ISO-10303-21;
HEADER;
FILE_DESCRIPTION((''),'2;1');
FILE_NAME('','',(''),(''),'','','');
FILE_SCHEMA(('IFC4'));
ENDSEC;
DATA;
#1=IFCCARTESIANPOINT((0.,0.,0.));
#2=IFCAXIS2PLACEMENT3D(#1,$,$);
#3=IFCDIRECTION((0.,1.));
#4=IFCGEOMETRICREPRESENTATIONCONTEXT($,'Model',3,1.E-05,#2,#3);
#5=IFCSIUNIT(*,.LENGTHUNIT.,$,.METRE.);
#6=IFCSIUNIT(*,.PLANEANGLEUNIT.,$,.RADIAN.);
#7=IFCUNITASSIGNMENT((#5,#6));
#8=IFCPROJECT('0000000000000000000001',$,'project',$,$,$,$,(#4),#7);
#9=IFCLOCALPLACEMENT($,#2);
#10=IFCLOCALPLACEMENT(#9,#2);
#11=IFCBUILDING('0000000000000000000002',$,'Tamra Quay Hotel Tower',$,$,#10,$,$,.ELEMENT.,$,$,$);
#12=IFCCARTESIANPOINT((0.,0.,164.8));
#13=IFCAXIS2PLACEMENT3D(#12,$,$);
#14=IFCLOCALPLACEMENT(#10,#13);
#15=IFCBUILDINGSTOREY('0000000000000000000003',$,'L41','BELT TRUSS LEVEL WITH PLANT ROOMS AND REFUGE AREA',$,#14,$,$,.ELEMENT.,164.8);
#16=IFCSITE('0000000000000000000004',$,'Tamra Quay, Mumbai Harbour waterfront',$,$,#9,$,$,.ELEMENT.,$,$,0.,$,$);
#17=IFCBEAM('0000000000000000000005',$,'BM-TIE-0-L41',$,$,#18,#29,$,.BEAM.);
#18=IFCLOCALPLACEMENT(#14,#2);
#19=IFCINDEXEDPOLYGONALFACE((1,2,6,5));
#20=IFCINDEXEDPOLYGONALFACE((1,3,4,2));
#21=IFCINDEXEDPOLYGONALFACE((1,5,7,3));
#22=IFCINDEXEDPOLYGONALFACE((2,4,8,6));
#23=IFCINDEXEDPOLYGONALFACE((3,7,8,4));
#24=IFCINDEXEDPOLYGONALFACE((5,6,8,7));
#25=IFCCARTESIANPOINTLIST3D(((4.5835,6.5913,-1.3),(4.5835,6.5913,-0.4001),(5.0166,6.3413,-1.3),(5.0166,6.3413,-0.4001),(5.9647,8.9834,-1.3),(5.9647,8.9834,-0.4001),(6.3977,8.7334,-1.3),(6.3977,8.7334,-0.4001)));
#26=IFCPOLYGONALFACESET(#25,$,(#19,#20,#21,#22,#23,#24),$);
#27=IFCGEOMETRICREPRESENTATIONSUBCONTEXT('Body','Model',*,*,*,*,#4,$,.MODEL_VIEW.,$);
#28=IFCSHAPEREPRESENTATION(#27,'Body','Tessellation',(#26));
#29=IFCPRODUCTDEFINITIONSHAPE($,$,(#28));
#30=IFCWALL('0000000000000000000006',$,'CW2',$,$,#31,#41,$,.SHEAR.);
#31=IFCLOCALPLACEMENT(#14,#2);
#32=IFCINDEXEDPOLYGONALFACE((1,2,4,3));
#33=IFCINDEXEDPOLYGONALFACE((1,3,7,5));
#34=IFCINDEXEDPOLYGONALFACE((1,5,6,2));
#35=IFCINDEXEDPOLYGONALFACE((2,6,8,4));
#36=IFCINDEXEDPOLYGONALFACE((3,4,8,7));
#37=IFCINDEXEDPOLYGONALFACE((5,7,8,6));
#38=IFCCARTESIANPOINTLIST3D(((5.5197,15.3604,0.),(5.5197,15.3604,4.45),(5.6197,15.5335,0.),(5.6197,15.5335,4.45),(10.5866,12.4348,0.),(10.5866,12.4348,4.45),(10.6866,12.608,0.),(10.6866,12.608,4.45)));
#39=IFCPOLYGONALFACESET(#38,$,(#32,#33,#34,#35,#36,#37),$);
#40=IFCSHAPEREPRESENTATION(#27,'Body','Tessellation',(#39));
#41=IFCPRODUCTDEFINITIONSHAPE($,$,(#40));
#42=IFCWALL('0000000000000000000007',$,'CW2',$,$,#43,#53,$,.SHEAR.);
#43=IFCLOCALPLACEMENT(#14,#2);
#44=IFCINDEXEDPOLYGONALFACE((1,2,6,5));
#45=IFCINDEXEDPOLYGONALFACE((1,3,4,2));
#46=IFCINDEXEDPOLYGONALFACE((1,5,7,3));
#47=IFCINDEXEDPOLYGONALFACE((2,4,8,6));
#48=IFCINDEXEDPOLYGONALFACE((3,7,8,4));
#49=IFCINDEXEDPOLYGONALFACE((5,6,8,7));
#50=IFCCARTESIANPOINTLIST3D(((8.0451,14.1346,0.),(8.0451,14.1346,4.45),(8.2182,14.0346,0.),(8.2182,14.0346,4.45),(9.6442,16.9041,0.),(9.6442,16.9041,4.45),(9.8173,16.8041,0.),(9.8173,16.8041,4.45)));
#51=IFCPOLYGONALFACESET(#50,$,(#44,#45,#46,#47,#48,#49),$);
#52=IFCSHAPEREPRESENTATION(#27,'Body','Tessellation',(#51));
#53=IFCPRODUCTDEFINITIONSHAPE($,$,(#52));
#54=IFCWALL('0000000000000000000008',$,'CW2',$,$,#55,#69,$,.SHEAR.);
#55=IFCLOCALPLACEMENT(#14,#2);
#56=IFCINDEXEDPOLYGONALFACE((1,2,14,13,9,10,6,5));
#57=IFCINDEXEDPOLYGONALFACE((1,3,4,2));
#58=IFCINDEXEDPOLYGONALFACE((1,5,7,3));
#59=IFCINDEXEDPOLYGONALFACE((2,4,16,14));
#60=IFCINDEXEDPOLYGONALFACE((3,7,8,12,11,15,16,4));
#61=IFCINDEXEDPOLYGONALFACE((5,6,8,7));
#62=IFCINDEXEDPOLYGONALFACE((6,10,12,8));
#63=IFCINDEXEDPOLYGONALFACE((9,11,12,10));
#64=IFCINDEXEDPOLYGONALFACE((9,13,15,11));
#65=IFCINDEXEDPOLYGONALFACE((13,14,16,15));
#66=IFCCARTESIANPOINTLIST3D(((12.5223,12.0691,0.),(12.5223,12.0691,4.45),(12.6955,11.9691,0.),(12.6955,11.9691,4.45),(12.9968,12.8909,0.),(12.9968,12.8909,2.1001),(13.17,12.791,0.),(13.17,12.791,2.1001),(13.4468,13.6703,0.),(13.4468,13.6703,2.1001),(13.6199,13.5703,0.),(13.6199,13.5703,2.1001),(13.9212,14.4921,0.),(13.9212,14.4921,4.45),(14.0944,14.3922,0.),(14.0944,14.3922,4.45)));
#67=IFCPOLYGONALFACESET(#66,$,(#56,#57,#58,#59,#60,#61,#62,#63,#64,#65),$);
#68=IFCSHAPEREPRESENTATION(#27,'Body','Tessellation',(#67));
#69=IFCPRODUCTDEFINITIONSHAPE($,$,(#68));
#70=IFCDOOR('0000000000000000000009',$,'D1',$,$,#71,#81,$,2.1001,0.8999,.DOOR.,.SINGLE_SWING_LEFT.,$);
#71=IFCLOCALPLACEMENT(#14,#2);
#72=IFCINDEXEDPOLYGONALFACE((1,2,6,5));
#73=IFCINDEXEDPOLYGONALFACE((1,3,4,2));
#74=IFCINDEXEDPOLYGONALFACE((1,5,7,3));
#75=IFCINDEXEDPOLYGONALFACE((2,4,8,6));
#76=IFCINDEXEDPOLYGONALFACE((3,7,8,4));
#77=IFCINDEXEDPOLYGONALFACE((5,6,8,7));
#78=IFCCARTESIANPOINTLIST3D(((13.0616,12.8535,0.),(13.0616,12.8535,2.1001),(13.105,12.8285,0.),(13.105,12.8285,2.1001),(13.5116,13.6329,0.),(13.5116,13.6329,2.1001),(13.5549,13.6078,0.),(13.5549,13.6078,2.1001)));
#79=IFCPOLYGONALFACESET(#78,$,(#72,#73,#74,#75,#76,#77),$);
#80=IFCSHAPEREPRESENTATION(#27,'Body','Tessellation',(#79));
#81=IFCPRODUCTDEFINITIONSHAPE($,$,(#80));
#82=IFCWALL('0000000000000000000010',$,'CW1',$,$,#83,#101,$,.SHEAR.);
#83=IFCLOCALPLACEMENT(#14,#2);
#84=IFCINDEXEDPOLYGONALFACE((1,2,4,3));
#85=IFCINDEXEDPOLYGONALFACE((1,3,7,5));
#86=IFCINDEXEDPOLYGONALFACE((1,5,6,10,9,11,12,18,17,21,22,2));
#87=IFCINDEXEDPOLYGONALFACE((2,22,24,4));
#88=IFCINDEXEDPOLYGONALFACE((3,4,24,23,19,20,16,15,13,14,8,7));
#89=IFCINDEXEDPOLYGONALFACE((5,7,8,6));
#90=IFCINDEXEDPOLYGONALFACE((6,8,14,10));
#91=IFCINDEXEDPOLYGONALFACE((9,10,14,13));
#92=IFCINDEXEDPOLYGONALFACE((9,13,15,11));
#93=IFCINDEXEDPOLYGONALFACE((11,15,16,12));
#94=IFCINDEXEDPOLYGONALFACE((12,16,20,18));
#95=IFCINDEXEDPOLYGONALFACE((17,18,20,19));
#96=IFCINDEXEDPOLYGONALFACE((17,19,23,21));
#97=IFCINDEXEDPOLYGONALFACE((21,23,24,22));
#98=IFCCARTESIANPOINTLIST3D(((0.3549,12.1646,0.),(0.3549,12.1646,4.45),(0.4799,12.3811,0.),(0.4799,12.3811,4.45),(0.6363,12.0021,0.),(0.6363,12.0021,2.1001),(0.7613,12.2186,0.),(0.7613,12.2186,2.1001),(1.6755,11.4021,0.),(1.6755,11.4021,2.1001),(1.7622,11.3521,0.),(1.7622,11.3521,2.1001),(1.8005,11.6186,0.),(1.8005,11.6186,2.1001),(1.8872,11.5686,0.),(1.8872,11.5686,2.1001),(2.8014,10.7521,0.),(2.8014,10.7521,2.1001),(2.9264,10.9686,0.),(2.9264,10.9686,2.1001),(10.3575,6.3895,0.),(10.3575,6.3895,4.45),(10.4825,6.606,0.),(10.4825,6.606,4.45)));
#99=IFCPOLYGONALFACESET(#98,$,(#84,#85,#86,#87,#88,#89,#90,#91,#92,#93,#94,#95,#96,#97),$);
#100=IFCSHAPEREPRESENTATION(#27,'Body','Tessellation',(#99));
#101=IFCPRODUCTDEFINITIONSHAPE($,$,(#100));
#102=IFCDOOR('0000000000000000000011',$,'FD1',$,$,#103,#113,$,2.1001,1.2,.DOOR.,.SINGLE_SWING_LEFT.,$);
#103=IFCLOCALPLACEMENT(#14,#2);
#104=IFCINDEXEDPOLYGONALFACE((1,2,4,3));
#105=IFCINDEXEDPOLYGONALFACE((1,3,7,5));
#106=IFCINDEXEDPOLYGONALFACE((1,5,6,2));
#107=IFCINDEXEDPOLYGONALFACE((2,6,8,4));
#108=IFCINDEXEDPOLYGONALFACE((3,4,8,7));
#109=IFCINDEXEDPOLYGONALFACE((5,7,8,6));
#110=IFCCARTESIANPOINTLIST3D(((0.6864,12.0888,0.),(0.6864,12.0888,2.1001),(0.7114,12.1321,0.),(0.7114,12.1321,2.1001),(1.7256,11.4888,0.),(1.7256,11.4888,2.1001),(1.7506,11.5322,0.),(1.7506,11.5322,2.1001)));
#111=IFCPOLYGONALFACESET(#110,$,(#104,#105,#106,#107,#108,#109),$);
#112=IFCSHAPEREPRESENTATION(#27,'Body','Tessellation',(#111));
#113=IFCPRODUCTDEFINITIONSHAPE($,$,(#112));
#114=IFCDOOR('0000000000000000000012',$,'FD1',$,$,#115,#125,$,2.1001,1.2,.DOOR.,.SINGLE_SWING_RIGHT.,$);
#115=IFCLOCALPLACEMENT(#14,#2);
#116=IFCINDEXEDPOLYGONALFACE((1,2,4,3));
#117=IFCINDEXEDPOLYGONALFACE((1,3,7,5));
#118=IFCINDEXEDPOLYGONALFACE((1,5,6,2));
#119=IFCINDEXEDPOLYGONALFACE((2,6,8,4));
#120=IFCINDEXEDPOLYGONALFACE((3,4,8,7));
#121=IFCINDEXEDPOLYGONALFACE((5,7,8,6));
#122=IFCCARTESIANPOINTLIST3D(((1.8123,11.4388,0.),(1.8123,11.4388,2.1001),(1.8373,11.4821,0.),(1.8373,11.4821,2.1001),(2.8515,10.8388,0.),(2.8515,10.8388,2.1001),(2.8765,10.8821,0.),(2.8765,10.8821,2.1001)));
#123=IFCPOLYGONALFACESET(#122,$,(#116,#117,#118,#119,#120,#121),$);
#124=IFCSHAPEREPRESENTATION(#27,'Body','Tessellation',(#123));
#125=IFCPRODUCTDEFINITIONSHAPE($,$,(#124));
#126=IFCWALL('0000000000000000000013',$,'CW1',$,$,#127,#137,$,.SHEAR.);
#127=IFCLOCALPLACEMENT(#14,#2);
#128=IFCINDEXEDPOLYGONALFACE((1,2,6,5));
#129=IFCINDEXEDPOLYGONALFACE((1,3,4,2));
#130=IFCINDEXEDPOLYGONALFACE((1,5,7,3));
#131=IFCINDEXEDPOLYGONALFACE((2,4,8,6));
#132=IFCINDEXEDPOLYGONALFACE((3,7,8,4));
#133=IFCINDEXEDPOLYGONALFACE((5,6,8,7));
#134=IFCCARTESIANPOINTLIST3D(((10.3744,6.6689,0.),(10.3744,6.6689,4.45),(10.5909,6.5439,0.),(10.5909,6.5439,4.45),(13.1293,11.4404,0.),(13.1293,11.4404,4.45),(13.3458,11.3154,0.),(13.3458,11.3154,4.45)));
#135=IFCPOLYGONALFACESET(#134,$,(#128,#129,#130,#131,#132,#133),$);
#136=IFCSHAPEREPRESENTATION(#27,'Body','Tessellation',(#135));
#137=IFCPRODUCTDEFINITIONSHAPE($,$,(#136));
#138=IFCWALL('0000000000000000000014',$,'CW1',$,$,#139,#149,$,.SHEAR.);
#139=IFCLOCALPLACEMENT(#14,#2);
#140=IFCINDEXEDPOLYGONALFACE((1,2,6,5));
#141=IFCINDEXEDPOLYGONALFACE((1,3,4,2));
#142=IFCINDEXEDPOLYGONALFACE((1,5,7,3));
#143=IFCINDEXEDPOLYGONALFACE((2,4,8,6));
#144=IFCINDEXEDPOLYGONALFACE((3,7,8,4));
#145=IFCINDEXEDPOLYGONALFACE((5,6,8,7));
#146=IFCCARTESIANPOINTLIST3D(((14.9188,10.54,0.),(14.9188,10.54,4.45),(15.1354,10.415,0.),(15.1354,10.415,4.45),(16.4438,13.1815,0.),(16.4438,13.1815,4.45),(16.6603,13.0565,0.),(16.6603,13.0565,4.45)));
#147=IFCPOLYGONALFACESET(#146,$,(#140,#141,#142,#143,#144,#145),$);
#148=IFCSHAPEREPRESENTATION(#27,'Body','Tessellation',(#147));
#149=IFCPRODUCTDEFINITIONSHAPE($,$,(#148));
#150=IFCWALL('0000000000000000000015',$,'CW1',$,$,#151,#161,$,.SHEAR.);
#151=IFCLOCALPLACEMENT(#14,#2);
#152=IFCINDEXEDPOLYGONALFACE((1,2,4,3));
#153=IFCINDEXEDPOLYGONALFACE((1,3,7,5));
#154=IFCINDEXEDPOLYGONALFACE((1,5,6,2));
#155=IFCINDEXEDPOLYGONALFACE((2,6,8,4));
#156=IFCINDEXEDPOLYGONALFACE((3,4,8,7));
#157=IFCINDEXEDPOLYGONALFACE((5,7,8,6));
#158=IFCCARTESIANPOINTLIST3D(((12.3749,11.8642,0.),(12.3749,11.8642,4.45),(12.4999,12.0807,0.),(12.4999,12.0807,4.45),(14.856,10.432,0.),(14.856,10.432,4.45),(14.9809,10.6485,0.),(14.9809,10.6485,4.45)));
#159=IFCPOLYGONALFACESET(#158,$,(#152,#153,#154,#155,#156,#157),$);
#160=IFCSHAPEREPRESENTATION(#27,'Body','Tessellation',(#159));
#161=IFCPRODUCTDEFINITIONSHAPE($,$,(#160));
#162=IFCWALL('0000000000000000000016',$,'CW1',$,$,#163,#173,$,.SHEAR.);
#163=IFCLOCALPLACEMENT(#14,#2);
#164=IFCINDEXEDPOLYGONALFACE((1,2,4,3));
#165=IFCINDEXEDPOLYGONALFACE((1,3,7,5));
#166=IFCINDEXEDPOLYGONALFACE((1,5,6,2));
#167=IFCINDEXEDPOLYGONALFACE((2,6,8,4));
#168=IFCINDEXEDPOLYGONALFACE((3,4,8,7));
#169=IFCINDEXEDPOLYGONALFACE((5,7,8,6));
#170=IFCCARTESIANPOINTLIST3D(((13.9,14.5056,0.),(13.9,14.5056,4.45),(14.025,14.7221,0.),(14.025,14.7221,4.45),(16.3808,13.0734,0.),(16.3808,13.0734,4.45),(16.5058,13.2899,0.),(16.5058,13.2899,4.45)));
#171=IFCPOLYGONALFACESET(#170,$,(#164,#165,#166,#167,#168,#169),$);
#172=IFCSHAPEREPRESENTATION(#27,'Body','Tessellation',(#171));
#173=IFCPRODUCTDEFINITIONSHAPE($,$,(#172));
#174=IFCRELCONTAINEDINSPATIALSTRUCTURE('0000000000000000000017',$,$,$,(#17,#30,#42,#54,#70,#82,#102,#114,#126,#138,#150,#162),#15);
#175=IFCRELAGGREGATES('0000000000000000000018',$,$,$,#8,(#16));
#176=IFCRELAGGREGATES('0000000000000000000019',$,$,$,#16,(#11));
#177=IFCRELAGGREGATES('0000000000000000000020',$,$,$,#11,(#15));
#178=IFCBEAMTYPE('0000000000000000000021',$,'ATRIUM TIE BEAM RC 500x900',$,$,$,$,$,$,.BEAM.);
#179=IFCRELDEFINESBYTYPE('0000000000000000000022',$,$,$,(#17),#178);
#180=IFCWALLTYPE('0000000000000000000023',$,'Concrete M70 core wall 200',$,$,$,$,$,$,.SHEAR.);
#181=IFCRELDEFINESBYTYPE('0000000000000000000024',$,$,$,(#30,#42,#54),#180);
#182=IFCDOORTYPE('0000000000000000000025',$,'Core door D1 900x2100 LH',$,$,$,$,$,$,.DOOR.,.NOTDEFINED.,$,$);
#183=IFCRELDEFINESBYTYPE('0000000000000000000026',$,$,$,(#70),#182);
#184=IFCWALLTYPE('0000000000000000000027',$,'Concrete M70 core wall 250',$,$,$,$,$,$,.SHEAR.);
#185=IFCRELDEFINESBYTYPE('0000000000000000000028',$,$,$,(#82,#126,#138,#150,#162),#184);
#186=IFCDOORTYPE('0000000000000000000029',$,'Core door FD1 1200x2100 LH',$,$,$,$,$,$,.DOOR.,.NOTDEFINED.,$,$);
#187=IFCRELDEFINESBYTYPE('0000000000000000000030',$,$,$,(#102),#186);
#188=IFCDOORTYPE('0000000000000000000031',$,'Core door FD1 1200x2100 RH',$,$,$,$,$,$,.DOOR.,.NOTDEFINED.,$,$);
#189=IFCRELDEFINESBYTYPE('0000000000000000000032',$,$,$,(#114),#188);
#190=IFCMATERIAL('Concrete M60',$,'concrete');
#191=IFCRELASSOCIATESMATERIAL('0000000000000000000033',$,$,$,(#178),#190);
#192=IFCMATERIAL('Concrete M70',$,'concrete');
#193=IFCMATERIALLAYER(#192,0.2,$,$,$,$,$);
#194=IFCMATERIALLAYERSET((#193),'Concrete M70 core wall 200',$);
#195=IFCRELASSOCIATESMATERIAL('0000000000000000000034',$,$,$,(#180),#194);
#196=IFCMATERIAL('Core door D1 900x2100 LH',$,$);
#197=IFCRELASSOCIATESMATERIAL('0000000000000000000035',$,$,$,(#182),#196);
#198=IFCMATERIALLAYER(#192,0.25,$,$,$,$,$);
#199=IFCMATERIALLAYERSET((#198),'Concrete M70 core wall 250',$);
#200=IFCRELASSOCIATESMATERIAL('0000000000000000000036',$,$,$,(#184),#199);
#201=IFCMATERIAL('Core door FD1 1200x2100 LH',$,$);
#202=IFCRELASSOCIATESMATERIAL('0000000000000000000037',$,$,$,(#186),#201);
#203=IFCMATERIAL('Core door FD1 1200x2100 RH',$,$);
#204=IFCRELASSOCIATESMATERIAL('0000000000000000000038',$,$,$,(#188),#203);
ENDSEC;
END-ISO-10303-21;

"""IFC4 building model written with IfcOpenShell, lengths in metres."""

from ifc_helpers import new_model, si_unit, direction, frame, frame_2d, origin, origin_2d, place, context, subcontext, project, spatial, rectangle, extrude, material, layer, layer_set, material_profile, profile_set, type_object, element, fill, save


model = new_model("IFC4")

# Units and contexts
model_context = context("Model", 3, precision=1e-05, world=origin(), true_north=direction((0.0, 1.0)))
body_context = subcontext(model_context, "Body", "Model", "MODEL_VIEW")
ifc_project = project(units=[si_unit("LENGTHUNIT", "METRE"), si_unit("PLANEANGLEUNIT", "RADIAN")], contexts=[model_context])

# Site, building, storey
site_placement = place(None, origin())
site = spatial("IfcSite", under=ifc_project, at=site_placement, Name="Tamra Quay, Mumbai Harbour waterfront", CompositionType="ELEMENT", RefElevation=0.0)
building_placement = place(site_placement, origin())
building = spatial("IfcBuilding", under=site, at=building_placement, Name="Tamra Quay Hotel Tower", CompositionType="ELEMENT")
storey_placement = place(building_placement, frame((0.0, 0.0, 164.8)))
storey = spatial("IfcBuildingStorey", under=building, at=storey_placement, Name="L41", Description="BELT TRUSS LEVEL WITH PLANT ROOMS AND REFUGE AREA", CompositionType="ELEMENT", Elevation=164.8)

# Beam
ifc_material_1 = material(Name="Concrete M60", Category="concrete")
ifc_material_profile = material_profile(ifc_material_1, rectangle(XDim=0.5, YDim=0.8999, at=origin_2d()), Name="ATRIUM TIE BEAM RC 500x900")
ifc_profile_set = profile_set([ifc_material_profile], Name="Concrete M60")
beam_type = type_object("IfcBeamType", Name="ATRIUM TIE BEAM RC 500x900", PredefinedType="BEAM", material=ifc_profile_set)
beam_placement = place(storey_placement, frame((4.8, 6.4663, -0.8501), z_axis=(0.500008, 0.866021, 0.0), x_axis=(-0.866021, 0.500008, 0.0)))
element("IfcBeam", 1, at=beam_placement, inside=storey, type_object=beam_type, Name="BM-TIE-0-L41", PredefinedType="BEAM", context=body_context, shape_type="SweptSolid", body=[
    extrude(rectangle(XDim=0.5, YDim=0.8999, at=origin_2d()), origin(), (0.0, 0.0, 1.0), 2.7622),
])

# Walls
ifc_material_2 = material(Name="Concrete M70", Category="concrete")
ifc_layer_1 = layer(ifc_material_2, 0.2)
ifc_layer_set_1 = layer_set([ifc_layer_1], Name="Concrete M70 core wall 200")
wall_type_1 = type_object("IfcWallType", Name="Concrete M70 core wall 200", PredefinedType="SHEAR", material=ifc_layer_set_1)
wall_1_placement = place(storey_placement, frame((10.6365, 12.5215, 0.0), z_axis=(0.0, 0.0, 1.0), x_axis=(-0.866013, 0.500021, 0.0)))
element("IfcWall", 2, at=wall_1_placement, inside=storey, type_object=wall_type_1, Name="CW2", PredefinedType="SHEAR", context=body_context, shape_type="SweptSolid", body=[
    extrude(rectangle(XDim=5.8508, YDim=0.2, at=frame_2d((2.9253, 0.0))), origin(), (0.0, 0.0, 1.0), 4.45),
])
wall_2_placement = place(storey_placement, frame((8.1316, 14.0845, 0.0), z_axis=(0.0, 0.0, 1.0), x_axis=(0.500031, 0.866008, 0.0)))
element("IfcWall", 3, at=wall_2_placement, inside=storey, type_object=wall_type_1, Name="CW2", PredefinedType="SHEAR", context=body_context, shape_type="SweptSolid", body=[
    extrude(rectangle(XDim=3.198, YDim=0.2, at=frame_2d((1.5991, 0.0))), origin(), (0.0, 0.0, 1.0), 4.45),
])

# Wall, opening, door
wall_3_placement = place(storey_placement, frame((14.0078, 14.4421, 0.0), z_axis=(0.0, 0.0, 1.0), x_axis=(-0.499987, -0.866033, 0.0)))
wall_3 = element("IfcWall", 4, at=wall_3_placement, inside=storey, type_object=wall_type_1, Name="CW2", PredefinedType="SHEAR", context=body_context, shape_type="SweptSolid", body=[
    extrude(rectangle(XDim=2.7979, YDim=0.2, at=frame_2d((1.3989, 0.0))), origin(), (0.0, 0.0, 1.0), 4.45),
])
opening_1_placement = place(wall_3_placement, frame((0.949, 0.0, 0.0)))
opening_1 = element("IfcOpeningElement", 5, at=opening_1_placement, cuts=wall_3, PredefinedType="OPENING", context=body_context, shape_type="SweptSolid", body=[
    extrude(rectangle(XDim=0.8999, YDim=2.1001, at=frame_2d((0.45, 1.05))), frame((0.0, 0.1099, 0.0), z_axis=(0.0, -1.0, 0.0), x_axis=(1.0, 0.0, 0.0)), (0.0, 0.0, 1.0), 0.22),
])
ifc_material_3 = material(Name="Core door D1 900x2100 LH")
door_type_1 = type_object("IfcDoorType", Name="Core door D1 900x2100 LH", OperationType="NOTDEFINED", PredefinedType="DOOR", material=ifc_material_3)
door_1_placement = place(opening_1_placement, origin())
door_1 = element("IfcDoor", 6, at=door_1_placement, inside=storey, type_object=door_type_1, Name="D1", OperationType="SINGLE_SWING_LEFT", OverallHeight=2.1001, OverallWidth=0.8999, PredefinedType="DOOR", context=body_context, shape_type="SweptSolid", body=[
    extrude(rectangle(XDim=0.8999, YDim=2.1001, at=frame_2d((0.45, 1.05))), frame((0.0, 0.0249, 0.0), z_axis=(0.0, -1.0, 0.0), x_axis=(1.0, 0.0, 0.0)), (0.0, 0.0, 1.0), 0.05),
])
fill(opening_1, door_1)

# Wall, openings, doors
ifc_layer_2 = layer(ifc_material_2, 0.25)
ifc_layer_set_2 = layer_set([ifc_layer_2], Name="Concrete M70 core wall 250")
wall_type_2 = type_object("IfcWallType", Name="Concrete M70 core wall 250", PredefinedType="SHEAR", material=ifc_layer_set_2)
wall_4_placement = place(storey_placement, frame((10.4199, 6.4978, 0.0), z_axis=(0.0, 0.0, 1.0), x_axis=(-0.866022, 0.500006, 0.0)))
wall_4 = element("IfcWall", 7, at=wall_4_placement, inside=storey, type_object=wall_type_2, Name="CW1", PredefinedType="SHEAR", context=body_context, shape_type="SweptSolid", body=[
    extrude(rectangle(XDim=11.55, YDim=0.25, at=frame_2d((5.7749, 0.0))), origin(), (0.0, 0.0, 1.0), 4.45),
])
opening_2_placement = place(wall_4_placement, frame((10.0249, 0.0, 0.0)))
opening_2 = element("IfcOpeningElement", 8, at=opening_2_placement, cuts=wall_4, PredefinedType="OPENING", context=body_context, shape_type="SweptSolid", body=[
    extrude(rectangle(XDim=1.2, YDim=2.1001, at=frame_2d((0.6001, 1.05))), frame((0.0, 0.135, 0.0), z_axis=(0.0, -1.0, 0.0), x_axis=(1.0, 0.0, 0.0)), (0.0, 0.0, 1.0), 0.27),
])
opening_3_placement = place(wall_4_placement, frame((8.7249, 0.0, 0.0)))
opening_3 = element("IfcOpeningElement", 9, at=opening_3_placement, cuts=wall_4, PredefinedType="OPENING", context=body_context, shape_type="SweptSolid", body=[
    extrude(rectangle(XDim=1.2, YDim=2.1001, at=frame_2d((0.6001, 1.05))), frame((0.0, 0.135, 0.0), z_axis=(0.0, -1.0, 0.0), x_axis=(1.0, 0.0, 0.0)), (0.0, 0.0, 1.0), 0.27),
])
ifc_material_4 = material(Name="Core door FD1 1200x2100 LH")
door_type_2 = type_object("IfcDoorType", Name="Core door FD1 1200x2100 LH", OperationType="NOTDEFINED", PredefinedType="DOOR", material=ifc_material_4)
door_2_placement = place(opening_2_placement, origin())
door_2 = element("IfcDoor", 10, at=door_2_placement, inside=storey, type_object=door_type_2, Name="FD1", OperationType="SINGLE_SWING_LEFT", OverallHeight=2.1001, OverallWidth=1.2, PredefinedType="DOOR", context=body_context, shape_type="SweptSolid", body=[
    extrude(rectangle(XDim=1.2, YDim=2.1001, at=frame_2d((0.6001, 1.05))), frame((0.0, 0.0249, 0.0), z_axis=(0.0, -1.0, 0.0), x_axis=(1.0, 0.0, 0.0)), (0.0, 0.0, 1.0), 0.05),
])
fill(opening_2, door_2)
ifc_material_5 = material(Name="Core door FD1 1200x2100 RH")
door_type_3 = type_object("IfcDoorType", Name="Core door FD1 1200x2100 RH", OperationType="NOTDEFINED", PredefinedType="DOOR", material=ifc_material_5)
door_3_placement = place(opening_3_placement, origin())
door_3 = element("IfcDoor", 11, at=door_3_placement, inside=storey, type_object=door_type_3, Name="FD1", OperationType="SINGLE_SWING_RIGHT", OverallHeight=2.1001, OverallWidth=1.2, PredefinedType="DOOR", context=body_context, shape_type="SweptSolid", body=[
    extrude(rectangle(XDim=1.2, YDim=2.1001, at=frame_2d((0.6001, 1.05))), frame((0.0, 0.0249, 0.0), z_axis=(0.0, -1.0, 0.0), x_axis=(1.0, 0.0, 0.0)), (0.0, 0.0, 1.0), 0.05),
])
fill(opening_3, door_3)

# Walls
wall_5_placement = place(storey_placement, frame((13.2375, 11.3779, 0.0), z_axis=(0.0, 0.0, 1.0), x_axis=(-0.500009, -0.86602, 0.0)))
element("IfcWall", 12, at=wall_5_placement, inside=storey, type_object=wall_type_2, Name="CW1", PredefinedType="SHEAR", context=body_context, shape_type="SweptSolid", body=[
    extrude(rectangle(XDim=5.5098, YDim=0.25, at=frame_2d((2.7549, 0.0))), origin(), (0.0, 0.0, 1.0), 4.45),
])
wall_6_placement = place(storey_placement, frame((16.552, 13.1189, 0.0), z_axis=(0.0, 0.0, 1.0), x_axis=(-0.499979, -0.866038, 0.0)))
element("IfcWall", 13, at=wall_6_placement, inside=storey, type_object=wall_type_2, Name="CW1", PredefinedType="SHEAR", context=body_context, shape_type="SweptSolid", body=[
    extrude(rectangle(XDim=3.05, YDim=0.25, at=frame_2d((1.5249, 0.0))), origin(), (0.0, 0.0, 1.0), 4.45),
])
wall_7_placement = place(storey_placement, frame((14.9185, 10.5403, 0.0), z_axis=(0.0, 0.0, 1.0), x_axis=(-0.866064, 0.499934, 0.0)))
element("IfcWall", 14, at=wall_7_placement, inside=storey, type_object=wall_type_2, Name="CW1", PredefinedType="SHEAR", context=body_context, shape_type="SweptSolid", body=[
    extrude(rectangle(XDim=2.8647, YDim=0.25, at=frame_2d((1.4324, 0.0))), origin(), (0.0, 0.0, 1.0), 4.45),
])
wall_8_placement = place(storey_placement, frame((13.9626, 14.6138, 0.0), z_axis=(0.0, 0.0, 1.0), x_axis=(0.866042, -0.499971, 0.0)))
element("IfcWall", 15, at=wall_8_placement, inside=storey, type_object=wall_type_2, Name="CW1", PredefinedType="SHEAR", context=body_context, shape_type="SweptSolid", body=[
    extrude(rectangle(XDim=2.8645, YDim=0.25, at=frame_2d((1.4321, 0.0))), origin(), (0.0, 0.0, 1.0), 4.45),
])

save(model, "model.ifc")
